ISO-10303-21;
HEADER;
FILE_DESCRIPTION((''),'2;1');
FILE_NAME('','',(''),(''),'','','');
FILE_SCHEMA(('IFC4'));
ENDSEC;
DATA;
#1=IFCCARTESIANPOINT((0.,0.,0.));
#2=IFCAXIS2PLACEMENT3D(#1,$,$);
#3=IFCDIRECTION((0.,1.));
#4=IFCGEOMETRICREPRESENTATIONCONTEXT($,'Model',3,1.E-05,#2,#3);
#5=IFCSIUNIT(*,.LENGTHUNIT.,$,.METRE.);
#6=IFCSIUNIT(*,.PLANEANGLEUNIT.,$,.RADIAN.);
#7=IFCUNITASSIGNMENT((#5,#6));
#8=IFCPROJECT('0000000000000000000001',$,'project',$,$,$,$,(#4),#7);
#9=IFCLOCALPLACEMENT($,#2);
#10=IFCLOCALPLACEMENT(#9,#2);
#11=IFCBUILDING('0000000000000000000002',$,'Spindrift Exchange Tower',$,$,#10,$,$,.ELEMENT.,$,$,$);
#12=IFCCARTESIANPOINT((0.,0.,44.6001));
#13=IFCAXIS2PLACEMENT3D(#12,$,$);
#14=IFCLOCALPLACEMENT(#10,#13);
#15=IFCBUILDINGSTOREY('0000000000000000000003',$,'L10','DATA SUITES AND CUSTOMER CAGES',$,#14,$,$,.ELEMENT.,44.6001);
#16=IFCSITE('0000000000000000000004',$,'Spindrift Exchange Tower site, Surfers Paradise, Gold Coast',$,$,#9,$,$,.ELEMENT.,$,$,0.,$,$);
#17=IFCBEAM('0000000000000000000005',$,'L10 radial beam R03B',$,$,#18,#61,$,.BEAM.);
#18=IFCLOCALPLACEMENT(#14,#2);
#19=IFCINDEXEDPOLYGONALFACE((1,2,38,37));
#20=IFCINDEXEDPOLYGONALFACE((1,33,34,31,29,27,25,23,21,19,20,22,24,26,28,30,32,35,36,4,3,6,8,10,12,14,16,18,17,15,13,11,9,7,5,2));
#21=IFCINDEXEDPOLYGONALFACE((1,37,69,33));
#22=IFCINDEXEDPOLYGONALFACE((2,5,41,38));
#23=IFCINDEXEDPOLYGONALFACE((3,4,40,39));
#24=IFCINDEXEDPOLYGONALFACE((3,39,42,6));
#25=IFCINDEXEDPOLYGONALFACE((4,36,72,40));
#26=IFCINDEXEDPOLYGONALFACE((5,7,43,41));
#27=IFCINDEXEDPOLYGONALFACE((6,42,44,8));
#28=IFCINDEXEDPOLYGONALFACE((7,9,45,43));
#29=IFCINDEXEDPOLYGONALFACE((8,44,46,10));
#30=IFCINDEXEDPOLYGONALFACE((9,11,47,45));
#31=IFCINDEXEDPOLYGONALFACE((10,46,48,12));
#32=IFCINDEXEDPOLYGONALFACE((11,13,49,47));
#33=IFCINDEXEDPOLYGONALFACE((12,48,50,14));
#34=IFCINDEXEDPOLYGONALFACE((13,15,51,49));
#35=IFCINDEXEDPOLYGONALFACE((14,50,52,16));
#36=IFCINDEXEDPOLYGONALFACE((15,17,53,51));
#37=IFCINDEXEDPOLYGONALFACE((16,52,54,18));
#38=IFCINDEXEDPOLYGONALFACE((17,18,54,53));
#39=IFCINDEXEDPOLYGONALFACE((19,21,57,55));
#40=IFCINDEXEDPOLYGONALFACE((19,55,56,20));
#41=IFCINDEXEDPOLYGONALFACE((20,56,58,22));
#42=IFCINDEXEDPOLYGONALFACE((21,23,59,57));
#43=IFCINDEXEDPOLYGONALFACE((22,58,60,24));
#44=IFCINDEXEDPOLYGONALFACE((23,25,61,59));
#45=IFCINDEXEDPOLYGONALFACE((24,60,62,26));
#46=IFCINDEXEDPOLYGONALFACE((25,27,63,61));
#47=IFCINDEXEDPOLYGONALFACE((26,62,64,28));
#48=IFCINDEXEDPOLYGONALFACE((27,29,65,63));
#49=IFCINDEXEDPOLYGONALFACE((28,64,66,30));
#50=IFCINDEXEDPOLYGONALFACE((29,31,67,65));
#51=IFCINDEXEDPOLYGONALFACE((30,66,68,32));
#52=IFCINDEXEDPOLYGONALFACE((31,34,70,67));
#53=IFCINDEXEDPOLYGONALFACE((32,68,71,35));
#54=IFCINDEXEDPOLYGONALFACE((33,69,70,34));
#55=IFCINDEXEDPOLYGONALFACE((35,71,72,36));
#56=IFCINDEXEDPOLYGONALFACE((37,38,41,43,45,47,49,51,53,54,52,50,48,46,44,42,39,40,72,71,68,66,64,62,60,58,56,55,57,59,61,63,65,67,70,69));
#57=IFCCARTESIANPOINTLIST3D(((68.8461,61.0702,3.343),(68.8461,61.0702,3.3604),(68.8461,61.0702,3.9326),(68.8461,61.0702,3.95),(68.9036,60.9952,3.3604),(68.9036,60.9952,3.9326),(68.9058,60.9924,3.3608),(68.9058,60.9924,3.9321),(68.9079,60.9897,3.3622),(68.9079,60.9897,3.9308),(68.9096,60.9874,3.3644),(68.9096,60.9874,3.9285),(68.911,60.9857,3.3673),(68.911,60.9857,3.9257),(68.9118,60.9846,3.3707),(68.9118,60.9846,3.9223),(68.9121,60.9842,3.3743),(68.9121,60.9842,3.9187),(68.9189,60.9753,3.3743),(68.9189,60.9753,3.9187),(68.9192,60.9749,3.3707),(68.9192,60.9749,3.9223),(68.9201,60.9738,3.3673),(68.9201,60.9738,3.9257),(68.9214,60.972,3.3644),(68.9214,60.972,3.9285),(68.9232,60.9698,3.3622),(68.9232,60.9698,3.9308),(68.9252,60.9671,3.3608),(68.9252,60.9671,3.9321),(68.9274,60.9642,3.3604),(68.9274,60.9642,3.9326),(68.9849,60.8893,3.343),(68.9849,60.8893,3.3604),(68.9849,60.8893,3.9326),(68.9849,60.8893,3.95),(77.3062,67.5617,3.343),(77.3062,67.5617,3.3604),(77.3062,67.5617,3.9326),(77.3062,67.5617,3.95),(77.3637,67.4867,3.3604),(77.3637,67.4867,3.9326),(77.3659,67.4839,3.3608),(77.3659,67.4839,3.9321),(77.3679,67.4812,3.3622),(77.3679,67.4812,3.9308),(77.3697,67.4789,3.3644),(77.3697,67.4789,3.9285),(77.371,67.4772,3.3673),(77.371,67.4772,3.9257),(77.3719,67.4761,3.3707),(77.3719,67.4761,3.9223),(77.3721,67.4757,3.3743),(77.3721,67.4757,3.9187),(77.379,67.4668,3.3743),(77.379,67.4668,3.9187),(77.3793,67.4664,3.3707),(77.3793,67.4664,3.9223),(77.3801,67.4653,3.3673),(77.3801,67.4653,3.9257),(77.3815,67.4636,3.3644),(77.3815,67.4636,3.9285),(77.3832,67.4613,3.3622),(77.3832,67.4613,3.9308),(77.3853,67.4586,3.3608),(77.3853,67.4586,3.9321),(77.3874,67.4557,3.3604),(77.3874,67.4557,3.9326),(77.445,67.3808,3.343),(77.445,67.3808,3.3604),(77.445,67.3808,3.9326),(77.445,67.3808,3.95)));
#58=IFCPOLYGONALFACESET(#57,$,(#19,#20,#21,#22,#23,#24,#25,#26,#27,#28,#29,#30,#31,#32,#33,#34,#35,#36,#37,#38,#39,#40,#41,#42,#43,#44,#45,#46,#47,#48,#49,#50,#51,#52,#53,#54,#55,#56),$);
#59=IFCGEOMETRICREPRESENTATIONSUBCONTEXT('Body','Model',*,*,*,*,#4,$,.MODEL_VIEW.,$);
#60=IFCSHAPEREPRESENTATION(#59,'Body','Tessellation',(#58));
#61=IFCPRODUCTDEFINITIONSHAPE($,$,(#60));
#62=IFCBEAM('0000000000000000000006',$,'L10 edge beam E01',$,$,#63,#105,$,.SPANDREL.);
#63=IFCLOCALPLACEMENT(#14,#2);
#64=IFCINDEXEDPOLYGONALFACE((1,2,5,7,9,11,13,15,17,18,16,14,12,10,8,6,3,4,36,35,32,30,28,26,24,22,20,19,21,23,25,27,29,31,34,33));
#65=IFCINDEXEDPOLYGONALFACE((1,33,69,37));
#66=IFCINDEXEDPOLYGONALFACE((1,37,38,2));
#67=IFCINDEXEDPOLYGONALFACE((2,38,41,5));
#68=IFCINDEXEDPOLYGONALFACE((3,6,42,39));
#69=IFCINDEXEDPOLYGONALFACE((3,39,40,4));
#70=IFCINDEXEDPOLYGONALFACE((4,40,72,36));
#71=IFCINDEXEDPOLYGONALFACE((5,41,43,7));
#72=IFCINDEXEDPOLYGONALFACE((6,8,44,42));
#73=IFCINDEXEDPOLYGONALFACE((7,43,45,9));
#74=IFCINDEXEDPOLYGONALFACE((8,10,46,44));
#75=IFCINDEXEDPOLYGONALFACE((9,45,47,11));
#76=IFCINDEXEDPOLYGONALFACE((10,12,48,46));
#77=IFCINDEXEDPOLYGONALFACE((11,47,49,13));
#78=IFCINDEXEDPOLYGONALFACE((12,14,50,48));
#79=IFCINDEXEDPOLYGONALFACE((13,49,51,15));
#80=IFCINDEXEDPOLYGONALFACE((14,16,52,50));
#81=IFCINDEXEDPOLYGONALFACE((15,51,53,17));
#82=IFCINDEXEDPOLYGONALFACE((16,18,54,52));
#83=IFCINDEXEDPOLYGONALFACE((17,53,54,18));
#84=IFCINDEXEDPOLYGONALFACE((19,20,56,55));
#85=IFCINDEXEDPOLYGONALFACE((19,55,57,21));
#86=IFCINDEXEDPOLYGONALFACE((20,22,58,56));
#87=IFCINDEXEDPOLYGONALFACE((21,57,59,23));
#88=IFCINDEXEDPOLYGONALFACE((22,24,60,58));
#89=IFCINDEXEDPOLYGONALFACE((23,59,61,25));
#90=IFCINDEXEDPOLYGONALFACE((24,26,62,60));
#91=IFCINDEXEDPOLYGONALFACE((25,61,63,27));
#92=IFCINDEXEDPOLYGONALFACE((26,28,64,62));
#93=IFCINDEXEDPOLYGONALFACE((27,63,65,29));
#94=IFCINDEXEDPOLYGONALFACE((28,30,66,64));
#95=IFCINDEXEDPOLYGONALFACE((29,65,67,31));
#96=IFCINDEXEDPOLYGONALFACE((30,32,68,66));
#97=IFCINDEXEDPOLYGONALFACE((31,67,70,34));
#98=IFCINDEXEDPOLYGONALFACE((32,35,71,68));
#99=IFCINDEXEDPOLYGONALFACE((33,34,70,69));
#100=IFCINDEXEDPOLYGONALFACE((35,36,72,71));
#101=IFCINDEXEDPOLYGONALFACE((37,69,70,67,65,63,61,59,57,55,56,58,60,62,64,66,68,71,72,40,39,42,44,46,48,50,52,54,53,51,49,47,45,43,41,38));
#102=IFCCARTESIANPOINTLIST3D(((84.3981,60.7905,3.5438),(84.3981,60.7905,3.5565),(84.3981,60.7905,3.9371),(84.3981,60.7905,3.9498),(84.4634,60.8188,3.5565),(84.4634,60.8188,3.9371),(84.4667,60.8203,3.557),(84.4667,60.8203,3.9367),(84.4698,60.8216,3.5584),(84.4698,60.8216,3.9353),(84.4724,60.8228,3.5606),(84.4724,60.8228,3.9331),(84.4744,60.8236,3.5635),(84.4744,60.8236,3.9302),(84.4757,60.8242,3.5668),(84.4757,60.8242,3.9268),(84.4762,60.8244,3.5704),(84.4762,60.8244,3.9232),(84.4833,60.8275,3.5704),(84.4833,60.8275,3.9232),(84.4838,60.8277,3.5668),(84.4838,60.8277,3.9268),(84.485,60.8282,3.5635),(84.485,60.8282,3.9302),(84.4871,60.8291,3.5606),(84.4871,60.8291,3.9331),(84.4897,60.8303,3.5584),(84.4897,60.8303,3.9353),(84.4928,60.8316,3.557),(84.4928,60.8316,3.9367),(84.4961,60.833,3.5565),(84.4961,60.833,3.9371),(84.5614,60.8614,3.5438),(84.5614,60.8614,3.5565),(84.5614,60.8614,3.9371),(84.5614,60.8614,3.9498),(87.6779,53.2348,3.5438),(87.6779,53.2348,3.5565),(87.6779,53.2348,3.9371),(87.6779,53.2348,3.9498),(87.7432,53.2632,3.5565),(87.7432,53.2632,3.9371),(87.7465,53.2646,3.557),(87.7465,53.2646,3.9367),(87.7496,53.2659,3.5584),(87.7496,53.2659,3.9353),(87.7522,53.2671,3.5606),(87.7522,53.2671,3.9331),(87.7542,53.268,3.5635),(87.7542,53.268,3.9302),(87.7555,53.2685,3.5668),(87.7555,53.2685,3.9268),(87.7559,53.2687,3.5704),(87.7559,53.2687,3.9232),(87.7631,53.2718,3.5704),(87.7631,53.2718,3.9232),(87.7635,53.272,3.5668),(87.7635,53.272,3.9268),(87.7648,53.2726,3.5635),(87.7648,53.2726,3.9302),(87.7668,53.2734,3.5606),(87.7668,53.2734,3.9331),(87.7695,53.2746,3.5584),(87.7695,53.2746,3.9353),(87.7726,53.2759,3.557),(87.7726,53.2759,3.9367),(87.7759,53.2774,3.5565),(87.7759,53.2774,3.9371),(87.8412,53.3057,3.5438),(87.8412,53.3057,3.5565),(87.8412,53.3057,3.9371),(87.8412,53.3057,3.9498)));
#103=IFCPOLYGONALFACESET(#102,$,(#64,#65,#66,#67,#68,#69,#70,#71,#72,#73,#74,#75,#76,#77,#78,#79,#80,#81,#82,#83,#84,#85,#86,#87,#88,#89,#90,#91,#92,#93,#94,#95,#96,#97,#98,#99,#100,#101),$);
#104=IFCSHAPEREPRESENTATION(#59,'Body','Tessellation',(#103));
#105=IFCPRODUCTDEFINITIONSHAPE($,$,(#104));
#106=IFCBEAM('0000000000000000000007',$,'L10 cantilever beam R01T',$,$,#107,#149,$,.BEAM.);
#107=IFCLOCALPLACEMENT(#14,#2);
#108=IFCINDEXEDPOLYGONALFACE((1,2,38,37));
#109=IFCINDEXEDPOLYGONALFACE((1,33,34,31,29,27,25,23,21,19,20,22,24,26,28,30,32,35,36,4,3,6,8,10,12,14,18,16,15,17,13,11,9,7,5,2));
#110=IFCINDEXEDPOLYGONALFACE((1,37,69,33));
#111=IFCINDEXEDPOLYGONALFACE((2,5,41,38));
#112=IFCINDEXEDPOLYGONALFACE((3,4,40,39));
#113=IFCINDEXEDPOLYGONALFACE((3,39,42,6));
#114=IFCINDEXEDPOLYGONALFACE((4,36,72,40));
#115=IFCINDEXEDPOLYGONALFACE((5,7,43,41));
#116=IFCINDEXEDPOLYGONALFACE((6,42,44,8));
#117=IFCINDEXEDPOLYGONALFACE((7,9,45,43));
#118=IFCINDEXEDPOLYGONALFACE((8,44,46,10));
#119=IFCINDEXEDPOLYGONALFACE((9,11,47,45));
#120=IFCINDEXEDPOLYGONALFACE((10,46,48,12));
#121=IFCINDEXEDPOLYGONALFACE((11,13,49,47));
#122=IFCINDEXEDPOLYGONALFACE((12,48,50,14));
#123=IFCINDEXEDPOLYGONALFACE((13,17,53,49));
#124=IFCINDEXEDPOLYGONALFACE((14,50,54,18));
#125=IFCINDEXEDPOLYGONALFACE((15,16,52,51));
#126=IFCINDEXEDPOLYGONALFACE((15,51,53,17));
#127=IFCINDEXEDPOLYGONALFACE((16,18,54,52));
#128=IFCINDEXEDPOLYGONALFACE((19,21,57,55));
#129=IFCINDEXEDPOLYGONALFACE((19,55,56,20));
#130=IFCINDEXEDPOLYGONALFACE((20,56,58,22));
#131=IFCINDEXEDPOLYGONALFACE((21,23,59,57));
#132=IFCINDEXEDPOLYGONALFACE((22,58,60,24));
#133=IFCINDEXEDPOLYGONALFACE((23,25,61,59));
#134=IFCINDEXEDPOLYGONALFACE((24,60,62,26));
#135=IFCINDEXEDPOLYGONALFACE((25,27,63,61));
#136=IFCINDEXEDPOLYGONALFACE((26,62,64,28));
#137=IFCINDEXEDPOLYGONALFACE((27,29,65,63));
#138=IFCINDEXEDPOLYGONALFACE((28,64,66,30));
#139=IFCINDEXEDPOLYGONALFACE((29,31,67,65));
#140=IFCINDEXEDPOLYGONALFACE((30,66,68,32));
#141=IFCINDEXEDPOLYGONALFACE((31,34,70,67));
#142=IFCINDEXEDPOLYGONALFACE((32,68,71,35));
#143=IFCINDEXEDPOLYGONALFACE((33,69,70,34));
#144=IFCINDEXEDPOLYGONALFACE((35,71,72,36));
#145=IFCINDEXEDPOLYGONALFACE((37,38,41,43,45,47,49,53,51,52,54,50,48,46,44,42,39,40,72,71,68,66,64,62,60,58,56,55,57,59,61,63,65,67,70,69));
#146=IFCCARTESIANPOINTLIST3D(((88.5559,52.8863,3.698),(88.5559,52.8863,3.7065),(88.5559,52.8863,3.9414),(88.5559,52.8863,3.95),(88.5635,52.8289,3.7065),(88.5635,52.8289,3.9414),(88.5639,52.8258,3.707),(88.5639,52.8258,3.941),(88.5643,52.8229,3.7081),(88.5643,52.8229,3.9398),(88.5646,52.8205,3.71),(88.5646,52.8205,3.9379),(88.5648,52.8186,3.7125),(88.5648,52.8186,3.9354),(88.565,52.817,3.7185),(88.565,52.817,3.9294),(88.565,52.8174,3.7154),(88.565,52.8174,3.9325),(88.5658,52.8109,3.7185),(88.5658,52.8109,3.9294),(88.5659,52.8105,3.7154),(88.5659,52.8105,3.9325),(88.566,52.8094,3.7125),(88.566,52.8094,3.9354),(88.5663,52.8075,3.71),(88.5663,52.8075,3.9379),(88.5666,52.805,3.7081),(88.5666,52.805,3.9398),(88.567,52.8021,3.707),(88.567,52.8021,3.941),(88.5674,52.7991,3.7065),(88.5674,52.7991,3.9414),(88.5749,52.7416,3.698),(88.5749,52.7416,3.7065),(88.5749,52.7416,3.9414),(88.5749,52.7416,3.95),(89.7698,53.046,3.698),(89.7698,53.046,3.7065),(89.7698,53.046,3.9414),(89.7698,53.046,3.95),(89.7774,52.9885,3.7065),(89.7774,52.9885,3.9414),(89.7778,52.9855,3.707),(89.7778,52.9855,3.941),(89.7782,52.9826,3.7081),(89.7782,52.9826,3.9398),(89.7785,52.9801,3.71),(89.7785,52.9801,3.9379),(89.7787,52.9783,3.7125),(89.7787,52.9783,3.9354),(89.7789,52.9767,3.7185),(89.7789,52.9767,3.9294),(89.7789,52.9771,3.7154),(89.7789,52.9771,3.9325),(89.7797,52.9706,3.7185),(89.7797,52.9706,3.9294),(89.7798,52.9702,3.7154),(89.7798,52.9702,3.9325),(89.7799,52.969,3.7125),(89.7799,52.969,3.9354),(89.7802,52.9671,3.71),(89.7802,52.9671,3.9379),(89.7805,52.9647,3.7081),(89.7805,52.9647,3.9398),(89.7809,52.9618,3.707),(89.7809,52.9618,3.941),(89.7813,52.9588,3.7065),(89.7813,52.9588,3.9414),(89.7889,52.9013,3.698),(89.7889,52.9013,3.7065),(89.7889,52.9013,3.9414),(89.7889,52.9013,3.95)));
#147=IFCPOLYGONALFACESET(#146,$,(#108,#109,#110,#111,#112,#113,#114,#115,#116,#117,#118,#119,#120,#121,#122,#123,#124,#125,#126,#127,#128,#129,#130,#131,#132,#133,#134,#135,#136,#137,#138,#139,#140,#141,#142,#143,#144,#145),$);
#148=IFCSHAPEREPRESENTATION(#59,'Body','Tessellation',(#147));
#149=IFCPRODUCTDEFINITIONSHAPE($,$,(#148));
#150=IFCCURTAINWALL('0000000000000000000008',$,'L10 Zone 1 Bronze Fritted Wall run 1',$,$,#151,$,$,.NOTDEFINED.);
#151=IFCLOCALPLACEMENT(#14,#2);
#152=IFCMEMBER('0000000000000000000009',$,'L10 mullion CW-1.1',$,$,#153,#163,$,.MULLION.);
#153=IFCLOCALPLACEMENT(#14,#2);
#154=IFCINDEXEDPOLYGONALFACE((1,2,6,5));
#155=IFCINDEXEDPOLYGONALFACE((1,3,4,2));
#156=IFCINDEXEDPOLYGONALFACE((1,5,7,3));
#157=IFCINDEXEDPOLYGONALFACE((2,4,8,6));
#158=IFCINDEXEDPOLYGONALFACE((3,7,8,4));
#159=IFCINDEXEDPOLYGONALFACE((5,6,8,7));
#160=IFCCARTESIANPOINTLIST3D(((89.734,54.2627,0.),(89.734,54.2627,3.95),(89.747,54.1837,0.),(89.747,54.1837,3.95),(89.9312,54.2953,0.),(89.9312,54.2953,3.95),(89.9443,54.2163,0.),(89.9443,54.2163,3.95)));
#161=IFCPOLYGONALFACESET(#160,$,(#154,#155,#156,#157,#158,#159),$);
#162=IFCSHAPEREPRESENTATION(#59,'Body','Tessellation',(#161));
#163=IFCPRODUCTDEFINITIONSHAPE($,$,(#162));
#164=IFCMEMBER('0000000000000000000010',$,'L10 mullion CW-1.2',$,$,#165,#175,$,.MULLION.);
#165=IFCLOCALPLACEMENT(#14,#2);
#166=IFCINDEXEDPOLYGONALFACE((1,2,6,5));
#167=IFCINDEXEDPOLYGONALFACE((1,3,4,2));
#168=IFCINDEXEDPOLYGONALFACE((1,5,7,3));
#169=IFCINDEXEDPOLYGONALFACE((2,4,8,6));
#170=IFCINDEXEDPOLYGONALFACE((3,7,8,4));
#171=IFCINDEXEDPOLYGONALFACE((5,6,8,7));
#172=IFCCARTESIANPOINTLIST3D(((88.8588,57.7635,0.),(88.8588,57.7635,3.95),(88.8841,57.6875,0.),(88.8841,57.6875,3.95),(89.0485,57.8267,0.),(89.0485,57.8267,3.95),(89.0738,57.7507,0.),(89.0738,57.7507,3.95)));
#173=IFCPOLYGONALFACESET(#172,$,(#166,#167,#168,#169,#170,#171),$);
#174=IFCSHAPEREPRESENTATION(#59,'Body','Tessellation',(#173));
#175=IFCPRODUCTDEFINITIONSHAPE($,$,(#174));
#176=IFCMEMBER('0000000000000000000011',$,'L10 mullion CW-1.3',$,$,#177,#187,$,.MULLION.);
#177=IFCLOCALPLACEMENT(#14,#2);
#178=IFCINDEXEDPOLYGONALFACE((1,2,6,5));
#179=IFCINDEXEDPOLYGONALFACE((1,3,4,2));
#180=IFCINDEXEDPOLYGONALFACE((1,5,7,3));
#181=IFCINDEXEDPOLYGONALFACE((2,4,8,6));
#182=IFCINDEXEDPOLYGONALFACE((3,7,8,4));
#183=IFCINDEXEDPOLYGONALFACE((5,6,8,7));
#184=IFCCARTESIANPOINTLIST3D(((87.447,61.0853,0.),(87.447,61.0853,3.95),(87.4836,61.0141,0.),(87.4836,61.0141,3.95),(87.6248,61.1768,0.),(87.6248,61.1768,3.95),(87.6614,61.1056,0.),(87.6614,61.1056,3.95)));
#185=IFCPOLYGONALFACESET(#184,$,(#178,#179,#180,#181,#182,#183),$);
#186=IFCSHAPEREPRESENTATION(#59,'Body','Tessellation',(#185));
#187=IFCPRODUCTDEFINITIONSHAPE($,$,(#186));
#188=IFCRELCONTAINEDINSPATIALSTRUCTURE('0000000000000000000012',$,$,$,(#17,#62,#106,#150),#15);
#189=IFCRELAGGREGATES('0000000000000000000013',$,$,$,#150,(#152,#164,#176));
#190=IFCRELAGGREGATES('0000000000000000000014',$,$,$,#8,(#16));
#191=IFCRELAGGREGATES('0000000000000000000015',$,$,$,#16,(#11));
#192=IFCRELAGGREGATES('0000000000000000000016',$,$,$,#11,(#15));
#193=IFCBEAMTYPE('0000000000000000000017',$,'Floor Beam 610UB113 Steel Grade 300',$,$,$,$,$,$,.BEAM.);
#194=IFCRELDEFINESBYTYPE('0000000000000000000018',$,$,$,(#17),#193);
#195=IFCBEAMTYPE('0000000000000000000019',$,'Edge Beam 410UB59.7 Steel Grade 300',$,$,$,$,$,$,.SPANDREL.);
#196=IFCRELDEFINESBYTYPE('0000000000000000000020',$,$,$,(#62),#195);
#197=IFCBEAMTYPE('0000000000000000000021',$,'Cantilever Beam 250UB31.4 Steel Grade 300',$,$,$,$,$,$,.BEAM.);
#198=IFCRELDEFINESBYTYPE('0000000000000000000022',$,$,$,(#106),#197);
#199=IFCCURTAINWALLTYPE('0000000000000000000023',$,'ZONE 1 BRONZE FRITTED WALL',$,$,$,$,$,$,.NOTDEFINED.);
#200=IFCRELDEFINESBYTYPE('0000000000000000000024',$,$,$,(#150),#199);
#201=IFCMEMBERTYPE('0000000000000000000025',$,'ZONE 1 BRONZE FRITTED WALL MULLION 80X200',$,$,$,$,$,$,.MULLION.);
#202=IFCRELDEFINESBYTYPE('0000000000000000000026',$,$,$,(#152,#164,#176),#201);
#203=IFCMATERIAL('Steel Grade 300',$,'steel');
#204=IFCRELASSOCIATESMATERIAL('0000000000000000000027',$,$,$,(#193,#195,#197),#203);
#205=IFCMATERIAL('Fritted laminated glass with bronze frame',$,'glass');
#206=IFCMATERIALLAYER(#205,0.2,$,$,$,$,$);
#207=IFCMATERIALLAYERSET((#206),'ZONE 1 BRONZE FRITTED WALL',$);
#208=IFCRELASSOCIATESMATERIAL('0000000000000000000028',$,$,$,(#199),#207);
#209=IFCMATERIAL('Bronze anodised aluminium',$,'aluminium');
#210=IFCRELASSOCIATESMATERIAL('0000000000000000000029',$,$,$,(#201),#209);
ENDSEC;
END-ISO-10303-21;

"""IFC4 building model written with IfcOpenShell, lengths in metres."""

from ifc_helpers import new_model, si_unit, direction, frame, origin, origin_2d, place, context, subcontext, project, spatial, rectangle, i_section, extrude, source, transform, mapped, material, layer, layer_set, material_profile, profile_set, type_object, element, aggregate, save


model = new_model("IFC4")

# Units and contexts
model_context = context("Model", 3, precision=1e-05, world=origin(), true_north=direction((0.0, 1.0)))
body_context = subcontext(model_context, "Body", "Model", "MODEL_VIEW")
ifc_project = project(units=[si_unit("LENGTHUNIT", "METRE"), si_unit("PLANEANGLEUNIT", "RADIAN")], contexts=[model_context])

# Site, building, storey
site_placement = place(None, origin())
site = spatial("IfcSite", under=ifc_project, at=site_placement, Name="Spindrift Exchange Tower site, Surfers Paradise, Gold Coast", CompositionType="ELEMENT", RefElevation=0.0)
building_placement = place(site_placement, origin())
building = spatial("IfcBuilding", under=site, at=building_placement, Name="Spindrift Exchange Tower", CompositionType="ELEMENT")
storey_placement = place(building_placement, frame((0.0, 0.0, 44.6001)))
storey = spatial("IfcBuildingStorey", under=building, at=storey_placement, Name="L10", Description="DATA SUITES AND CUSTOMER CAGES", CompositionType="ELEMENT", Elevation=44.6001)

# Beams
ifc_material_1 = material(Name="Steel Grade 300", Category="steel")
ifc_material_profile_1 = material_profile(ifc_material_1, i_section(OverallWidth=0.228, OverallDepth=0.6069, WebThickness=0.0112, FlangeThickness=0.0173, FilletRadius=0.0139, at=origin_2d()), Name="610UB113")
ifc_profile_set_1 = profile_set([ifc_material_profile_1], Name="Steel Grade 300")
beam_type_1 = type_object("IfcBeamType", Name="Floor Beam 610UB113 Steel Grade 300", PredefinedType="BEAM", material=ifc_profile_set_1)
shared_shape_1 = source(origin(), body_context, "Body", "SweptSolid", [
    extrude(i_section(OverallWidth=0.228, OverallDepth=0.6069, WebThickness=0.0112, FlangeThickness=0.0173, FilletRadius=0.0139, at=origin_2d()), origin(), (0.0, 0.0, 1.0), 10.6636),
])
beam_1_placement = place(storey_placement, frame((68.9155, 60.9797, 3.6465), z_axis=(0.793358, 0.608755, 0.0), x_axis=(-0.608755, 0.793358, 0.0)))
element("IfcBeam", 1, at=beam_1_placement, inside=storey, type_object=beam_type_1, Name="L10 radial beam R03B", PredefinedType="BEAM", context=body_context, shape_type="MappedRepresentation", body=[
    mapped(shared_shape_1, transform((0.0, 0.0, 0.0), scale=1.0)),
])
ifc_material_profile_2 = material_profile(ifc_material_1, i_section(OverallWidth=0.178, OverallDepth=0.406, WebThickness=0.0078, FlangeThickness=0.0127, FilletRadius=0.0139, at=origin_2d()), Name="410UB59.7")
ifc_profile_set_2 = profile_set([ifc_material_profile_2], Name="Steel Grade 300")
beam_type_2 = type_object("IfcBeamType", Name="Edge Beam 410UB59.7 Steel Grade 300", PredefinedType="SPANDREL", material=ifc_profile_set_2)
shared_shape_2 = source(origin(), body_context, "Body", "SweptSolid", [
    extrude(i_section(OverallWidth=0.178, OverallDepth=0.406, WebThickness=0.0078, FlangeThickness=0.0127, FilletRadius=0.0139, at=origin_2d()), origin(), (0.0, 0.0, 1.0), 8.2368),
])
beam_2_placement = place(storey_placement, frame((87.7595, 53.2703, 3.7468), z_axis=(-0.398186, 0.917305, 0.0), x_axis=(-0.917305, -0.398186, 0.0)))
element("IfcBeam", 2, at=beam_2_placement, inside=storey, type_object=beam_type_2, Name="L10 edge beam E01", PredefinedType="SPANDREL", context=body_context, shape_type="MappedRepresentation", body=[
    mapped(shared_shape_2, transform((0.0, 0.0, 0.0), scale=1.0)),
])
ifc_material_profile_3 = material_profile(ifc_material_1, i_section(OverallWidth=0.146, OverallDepth=0.252, WebThickness=0.0061, FlangeThickness=0.0085, FilletRadius=0.012, at=origin_2d()), Name="250UB31.4")
ifc_profile_set_3 = profile_set([ifc_material_profile_3], Name="Steel Grade 300")
beam_type_3 = type_object("IfcBeamType", Name="Cantilever Beam 250UB31.4 Steel Grade 300", PredefinedType="BEAM", material=ifc_profile_set_3)
shared_shape_3 = source(origin(), body_context, "Body", "SweptSolid", [
    extrude(i_section(OverallWidth=0.146, OverallDepth=0.252, WebThickness=0.0061, FlangeThickness=0.0085, FilletRadius=0.012, at=origin_2d()), origin(), (0.0, 0.0, 1.0), 1.2244),
])
beam_3_placement = place(storey_placement, frame((88.5654, 52.814, 3.824), z_axis=(0.99146, 0.130413, 0.0), x_axis=(-0.130413, 0.99146, 0.0)))
element("IfcBeam", 3, at=beam_3_placement, inside=storey, type_object=beam_type_3, Name="L10 cantilever beam R01T", PredefinedType="BEAM", context=body_context, shape_type="MappedRepresentation", body=[
    mapped(shared_shape_3, transform((0.0, 0.0, 0.0), scale=1.0)),
])

# Curtain wall, members
ifc_material_2 = material(Name="Fritted laminated glass with bronze frame", Category="glass")
ifc_layer_1 = layer(ifc_material_2, 0.2)
ifc_layer_set_1 = layer_set([ifc_layer_1], Name="ZONE 1 BRONZE FRITTED WALL")
curtain_wall_type = type_object("IfcCurtainWallType", Name="ZONE 1 BRONZE FRITTED WALL", PredefinedType="NOTDEFINED", material=ifc_layer_set_1)
curtain_wall_1_placement = place(storey_placement, origin())
curtain_wall_1 = element("IfcCurtainWall", 4, at=curtain_wall_1_placement, inside=storey, type_object=curtain_wall_type, Name="L10 Zone 1 Bronze Fritted Wall run 1", PredefinedType="NOTDEFINED")
ifc_material_3 = material(Name="Bronze anodised aluminium", Category="aluminium")
ifc_material_profile_4 = material_profile(ifc_material_3, rectangle(XDim=0.0801, YDim=0.2, at=origin_2d()), Name="ZONE 1 BRONZE FRITTED WALL MULLION 80X200")
ifc_profile_set_4 = profile_set([ifc_material_profile_4], Name="Bronze anodised aluminium")
member_type_1 = type_object("IfcMemberType", Name="ZONE 1 BRONZE FRITTED WALL MULLION 80X200", PredefinedType="MULLION", material=ifc_profile_set_4)
shared_shape_4 = source(origin(), body_context, "Body", "SweptSolid", [
    extrude(rectangle(XDim=0.0801, YDim=0.2, at=origin_2d()), origin(), (0.0, 0.0, 1.0), 3.95),
])
member_1_placement = place(storey_placement, frame((89.8391, 54.2395, 0.0), z_axis=(0.0, 0.0, 1.0), x_axis=(-0.162695, 0.986676, 0.0)))
member_1 = element("IfcMember", 5, at=member_1_placement, type_object=member_type_1, Name="L10 mullion CW-1.1", PredefinedType="MULLION", context=body_context, shape_type="MappedRepresentation", body=[
    mapped(shared_shape_4, transform((0.0, 0.0, 0.0), scale=1.0)),
])
member_2_placement = place(storey_placement, frame((88.9663, 57.7571, 0.0), z_axis=(0.0, 0.0, 1.0), x_axis=(-0.316171, 0.948702, 0.0)))
member_2 = element("IfcMember", 6, at=member_2_placement, type_object=member_type_1, Name="L10 mullion CW-1.2", PredefinedType="MULLION", context=body_context, shape_type="MappedRepresentation", body=[
    mapped(shared_shape_4, transform((0.0, 0.0, 0.0), scale=1.0)),
])
member_3_placement = place(storey_placement, frame((87.5542, 61.0955, 0.0), z_axis=(0.0, 0.0, 1.0), x_axis=(-0.457742, 0.889085, 0.0)))
member_3 = element("IfcMember", 7, at=member_3_placement, type_object=member_type_1, Name="L10 mullion CW-1.3", PredefinedType="MULLION", context=body_context, shape_type="MappedRepresentation", body=[
    mapped(shared_shape_4, transform((0.0, 0.0, 0.0), scale=1.0)),
])

aggregate(curtain_wall_1, [member_1, member_2, member_3])

save(model, "model.ifc")
